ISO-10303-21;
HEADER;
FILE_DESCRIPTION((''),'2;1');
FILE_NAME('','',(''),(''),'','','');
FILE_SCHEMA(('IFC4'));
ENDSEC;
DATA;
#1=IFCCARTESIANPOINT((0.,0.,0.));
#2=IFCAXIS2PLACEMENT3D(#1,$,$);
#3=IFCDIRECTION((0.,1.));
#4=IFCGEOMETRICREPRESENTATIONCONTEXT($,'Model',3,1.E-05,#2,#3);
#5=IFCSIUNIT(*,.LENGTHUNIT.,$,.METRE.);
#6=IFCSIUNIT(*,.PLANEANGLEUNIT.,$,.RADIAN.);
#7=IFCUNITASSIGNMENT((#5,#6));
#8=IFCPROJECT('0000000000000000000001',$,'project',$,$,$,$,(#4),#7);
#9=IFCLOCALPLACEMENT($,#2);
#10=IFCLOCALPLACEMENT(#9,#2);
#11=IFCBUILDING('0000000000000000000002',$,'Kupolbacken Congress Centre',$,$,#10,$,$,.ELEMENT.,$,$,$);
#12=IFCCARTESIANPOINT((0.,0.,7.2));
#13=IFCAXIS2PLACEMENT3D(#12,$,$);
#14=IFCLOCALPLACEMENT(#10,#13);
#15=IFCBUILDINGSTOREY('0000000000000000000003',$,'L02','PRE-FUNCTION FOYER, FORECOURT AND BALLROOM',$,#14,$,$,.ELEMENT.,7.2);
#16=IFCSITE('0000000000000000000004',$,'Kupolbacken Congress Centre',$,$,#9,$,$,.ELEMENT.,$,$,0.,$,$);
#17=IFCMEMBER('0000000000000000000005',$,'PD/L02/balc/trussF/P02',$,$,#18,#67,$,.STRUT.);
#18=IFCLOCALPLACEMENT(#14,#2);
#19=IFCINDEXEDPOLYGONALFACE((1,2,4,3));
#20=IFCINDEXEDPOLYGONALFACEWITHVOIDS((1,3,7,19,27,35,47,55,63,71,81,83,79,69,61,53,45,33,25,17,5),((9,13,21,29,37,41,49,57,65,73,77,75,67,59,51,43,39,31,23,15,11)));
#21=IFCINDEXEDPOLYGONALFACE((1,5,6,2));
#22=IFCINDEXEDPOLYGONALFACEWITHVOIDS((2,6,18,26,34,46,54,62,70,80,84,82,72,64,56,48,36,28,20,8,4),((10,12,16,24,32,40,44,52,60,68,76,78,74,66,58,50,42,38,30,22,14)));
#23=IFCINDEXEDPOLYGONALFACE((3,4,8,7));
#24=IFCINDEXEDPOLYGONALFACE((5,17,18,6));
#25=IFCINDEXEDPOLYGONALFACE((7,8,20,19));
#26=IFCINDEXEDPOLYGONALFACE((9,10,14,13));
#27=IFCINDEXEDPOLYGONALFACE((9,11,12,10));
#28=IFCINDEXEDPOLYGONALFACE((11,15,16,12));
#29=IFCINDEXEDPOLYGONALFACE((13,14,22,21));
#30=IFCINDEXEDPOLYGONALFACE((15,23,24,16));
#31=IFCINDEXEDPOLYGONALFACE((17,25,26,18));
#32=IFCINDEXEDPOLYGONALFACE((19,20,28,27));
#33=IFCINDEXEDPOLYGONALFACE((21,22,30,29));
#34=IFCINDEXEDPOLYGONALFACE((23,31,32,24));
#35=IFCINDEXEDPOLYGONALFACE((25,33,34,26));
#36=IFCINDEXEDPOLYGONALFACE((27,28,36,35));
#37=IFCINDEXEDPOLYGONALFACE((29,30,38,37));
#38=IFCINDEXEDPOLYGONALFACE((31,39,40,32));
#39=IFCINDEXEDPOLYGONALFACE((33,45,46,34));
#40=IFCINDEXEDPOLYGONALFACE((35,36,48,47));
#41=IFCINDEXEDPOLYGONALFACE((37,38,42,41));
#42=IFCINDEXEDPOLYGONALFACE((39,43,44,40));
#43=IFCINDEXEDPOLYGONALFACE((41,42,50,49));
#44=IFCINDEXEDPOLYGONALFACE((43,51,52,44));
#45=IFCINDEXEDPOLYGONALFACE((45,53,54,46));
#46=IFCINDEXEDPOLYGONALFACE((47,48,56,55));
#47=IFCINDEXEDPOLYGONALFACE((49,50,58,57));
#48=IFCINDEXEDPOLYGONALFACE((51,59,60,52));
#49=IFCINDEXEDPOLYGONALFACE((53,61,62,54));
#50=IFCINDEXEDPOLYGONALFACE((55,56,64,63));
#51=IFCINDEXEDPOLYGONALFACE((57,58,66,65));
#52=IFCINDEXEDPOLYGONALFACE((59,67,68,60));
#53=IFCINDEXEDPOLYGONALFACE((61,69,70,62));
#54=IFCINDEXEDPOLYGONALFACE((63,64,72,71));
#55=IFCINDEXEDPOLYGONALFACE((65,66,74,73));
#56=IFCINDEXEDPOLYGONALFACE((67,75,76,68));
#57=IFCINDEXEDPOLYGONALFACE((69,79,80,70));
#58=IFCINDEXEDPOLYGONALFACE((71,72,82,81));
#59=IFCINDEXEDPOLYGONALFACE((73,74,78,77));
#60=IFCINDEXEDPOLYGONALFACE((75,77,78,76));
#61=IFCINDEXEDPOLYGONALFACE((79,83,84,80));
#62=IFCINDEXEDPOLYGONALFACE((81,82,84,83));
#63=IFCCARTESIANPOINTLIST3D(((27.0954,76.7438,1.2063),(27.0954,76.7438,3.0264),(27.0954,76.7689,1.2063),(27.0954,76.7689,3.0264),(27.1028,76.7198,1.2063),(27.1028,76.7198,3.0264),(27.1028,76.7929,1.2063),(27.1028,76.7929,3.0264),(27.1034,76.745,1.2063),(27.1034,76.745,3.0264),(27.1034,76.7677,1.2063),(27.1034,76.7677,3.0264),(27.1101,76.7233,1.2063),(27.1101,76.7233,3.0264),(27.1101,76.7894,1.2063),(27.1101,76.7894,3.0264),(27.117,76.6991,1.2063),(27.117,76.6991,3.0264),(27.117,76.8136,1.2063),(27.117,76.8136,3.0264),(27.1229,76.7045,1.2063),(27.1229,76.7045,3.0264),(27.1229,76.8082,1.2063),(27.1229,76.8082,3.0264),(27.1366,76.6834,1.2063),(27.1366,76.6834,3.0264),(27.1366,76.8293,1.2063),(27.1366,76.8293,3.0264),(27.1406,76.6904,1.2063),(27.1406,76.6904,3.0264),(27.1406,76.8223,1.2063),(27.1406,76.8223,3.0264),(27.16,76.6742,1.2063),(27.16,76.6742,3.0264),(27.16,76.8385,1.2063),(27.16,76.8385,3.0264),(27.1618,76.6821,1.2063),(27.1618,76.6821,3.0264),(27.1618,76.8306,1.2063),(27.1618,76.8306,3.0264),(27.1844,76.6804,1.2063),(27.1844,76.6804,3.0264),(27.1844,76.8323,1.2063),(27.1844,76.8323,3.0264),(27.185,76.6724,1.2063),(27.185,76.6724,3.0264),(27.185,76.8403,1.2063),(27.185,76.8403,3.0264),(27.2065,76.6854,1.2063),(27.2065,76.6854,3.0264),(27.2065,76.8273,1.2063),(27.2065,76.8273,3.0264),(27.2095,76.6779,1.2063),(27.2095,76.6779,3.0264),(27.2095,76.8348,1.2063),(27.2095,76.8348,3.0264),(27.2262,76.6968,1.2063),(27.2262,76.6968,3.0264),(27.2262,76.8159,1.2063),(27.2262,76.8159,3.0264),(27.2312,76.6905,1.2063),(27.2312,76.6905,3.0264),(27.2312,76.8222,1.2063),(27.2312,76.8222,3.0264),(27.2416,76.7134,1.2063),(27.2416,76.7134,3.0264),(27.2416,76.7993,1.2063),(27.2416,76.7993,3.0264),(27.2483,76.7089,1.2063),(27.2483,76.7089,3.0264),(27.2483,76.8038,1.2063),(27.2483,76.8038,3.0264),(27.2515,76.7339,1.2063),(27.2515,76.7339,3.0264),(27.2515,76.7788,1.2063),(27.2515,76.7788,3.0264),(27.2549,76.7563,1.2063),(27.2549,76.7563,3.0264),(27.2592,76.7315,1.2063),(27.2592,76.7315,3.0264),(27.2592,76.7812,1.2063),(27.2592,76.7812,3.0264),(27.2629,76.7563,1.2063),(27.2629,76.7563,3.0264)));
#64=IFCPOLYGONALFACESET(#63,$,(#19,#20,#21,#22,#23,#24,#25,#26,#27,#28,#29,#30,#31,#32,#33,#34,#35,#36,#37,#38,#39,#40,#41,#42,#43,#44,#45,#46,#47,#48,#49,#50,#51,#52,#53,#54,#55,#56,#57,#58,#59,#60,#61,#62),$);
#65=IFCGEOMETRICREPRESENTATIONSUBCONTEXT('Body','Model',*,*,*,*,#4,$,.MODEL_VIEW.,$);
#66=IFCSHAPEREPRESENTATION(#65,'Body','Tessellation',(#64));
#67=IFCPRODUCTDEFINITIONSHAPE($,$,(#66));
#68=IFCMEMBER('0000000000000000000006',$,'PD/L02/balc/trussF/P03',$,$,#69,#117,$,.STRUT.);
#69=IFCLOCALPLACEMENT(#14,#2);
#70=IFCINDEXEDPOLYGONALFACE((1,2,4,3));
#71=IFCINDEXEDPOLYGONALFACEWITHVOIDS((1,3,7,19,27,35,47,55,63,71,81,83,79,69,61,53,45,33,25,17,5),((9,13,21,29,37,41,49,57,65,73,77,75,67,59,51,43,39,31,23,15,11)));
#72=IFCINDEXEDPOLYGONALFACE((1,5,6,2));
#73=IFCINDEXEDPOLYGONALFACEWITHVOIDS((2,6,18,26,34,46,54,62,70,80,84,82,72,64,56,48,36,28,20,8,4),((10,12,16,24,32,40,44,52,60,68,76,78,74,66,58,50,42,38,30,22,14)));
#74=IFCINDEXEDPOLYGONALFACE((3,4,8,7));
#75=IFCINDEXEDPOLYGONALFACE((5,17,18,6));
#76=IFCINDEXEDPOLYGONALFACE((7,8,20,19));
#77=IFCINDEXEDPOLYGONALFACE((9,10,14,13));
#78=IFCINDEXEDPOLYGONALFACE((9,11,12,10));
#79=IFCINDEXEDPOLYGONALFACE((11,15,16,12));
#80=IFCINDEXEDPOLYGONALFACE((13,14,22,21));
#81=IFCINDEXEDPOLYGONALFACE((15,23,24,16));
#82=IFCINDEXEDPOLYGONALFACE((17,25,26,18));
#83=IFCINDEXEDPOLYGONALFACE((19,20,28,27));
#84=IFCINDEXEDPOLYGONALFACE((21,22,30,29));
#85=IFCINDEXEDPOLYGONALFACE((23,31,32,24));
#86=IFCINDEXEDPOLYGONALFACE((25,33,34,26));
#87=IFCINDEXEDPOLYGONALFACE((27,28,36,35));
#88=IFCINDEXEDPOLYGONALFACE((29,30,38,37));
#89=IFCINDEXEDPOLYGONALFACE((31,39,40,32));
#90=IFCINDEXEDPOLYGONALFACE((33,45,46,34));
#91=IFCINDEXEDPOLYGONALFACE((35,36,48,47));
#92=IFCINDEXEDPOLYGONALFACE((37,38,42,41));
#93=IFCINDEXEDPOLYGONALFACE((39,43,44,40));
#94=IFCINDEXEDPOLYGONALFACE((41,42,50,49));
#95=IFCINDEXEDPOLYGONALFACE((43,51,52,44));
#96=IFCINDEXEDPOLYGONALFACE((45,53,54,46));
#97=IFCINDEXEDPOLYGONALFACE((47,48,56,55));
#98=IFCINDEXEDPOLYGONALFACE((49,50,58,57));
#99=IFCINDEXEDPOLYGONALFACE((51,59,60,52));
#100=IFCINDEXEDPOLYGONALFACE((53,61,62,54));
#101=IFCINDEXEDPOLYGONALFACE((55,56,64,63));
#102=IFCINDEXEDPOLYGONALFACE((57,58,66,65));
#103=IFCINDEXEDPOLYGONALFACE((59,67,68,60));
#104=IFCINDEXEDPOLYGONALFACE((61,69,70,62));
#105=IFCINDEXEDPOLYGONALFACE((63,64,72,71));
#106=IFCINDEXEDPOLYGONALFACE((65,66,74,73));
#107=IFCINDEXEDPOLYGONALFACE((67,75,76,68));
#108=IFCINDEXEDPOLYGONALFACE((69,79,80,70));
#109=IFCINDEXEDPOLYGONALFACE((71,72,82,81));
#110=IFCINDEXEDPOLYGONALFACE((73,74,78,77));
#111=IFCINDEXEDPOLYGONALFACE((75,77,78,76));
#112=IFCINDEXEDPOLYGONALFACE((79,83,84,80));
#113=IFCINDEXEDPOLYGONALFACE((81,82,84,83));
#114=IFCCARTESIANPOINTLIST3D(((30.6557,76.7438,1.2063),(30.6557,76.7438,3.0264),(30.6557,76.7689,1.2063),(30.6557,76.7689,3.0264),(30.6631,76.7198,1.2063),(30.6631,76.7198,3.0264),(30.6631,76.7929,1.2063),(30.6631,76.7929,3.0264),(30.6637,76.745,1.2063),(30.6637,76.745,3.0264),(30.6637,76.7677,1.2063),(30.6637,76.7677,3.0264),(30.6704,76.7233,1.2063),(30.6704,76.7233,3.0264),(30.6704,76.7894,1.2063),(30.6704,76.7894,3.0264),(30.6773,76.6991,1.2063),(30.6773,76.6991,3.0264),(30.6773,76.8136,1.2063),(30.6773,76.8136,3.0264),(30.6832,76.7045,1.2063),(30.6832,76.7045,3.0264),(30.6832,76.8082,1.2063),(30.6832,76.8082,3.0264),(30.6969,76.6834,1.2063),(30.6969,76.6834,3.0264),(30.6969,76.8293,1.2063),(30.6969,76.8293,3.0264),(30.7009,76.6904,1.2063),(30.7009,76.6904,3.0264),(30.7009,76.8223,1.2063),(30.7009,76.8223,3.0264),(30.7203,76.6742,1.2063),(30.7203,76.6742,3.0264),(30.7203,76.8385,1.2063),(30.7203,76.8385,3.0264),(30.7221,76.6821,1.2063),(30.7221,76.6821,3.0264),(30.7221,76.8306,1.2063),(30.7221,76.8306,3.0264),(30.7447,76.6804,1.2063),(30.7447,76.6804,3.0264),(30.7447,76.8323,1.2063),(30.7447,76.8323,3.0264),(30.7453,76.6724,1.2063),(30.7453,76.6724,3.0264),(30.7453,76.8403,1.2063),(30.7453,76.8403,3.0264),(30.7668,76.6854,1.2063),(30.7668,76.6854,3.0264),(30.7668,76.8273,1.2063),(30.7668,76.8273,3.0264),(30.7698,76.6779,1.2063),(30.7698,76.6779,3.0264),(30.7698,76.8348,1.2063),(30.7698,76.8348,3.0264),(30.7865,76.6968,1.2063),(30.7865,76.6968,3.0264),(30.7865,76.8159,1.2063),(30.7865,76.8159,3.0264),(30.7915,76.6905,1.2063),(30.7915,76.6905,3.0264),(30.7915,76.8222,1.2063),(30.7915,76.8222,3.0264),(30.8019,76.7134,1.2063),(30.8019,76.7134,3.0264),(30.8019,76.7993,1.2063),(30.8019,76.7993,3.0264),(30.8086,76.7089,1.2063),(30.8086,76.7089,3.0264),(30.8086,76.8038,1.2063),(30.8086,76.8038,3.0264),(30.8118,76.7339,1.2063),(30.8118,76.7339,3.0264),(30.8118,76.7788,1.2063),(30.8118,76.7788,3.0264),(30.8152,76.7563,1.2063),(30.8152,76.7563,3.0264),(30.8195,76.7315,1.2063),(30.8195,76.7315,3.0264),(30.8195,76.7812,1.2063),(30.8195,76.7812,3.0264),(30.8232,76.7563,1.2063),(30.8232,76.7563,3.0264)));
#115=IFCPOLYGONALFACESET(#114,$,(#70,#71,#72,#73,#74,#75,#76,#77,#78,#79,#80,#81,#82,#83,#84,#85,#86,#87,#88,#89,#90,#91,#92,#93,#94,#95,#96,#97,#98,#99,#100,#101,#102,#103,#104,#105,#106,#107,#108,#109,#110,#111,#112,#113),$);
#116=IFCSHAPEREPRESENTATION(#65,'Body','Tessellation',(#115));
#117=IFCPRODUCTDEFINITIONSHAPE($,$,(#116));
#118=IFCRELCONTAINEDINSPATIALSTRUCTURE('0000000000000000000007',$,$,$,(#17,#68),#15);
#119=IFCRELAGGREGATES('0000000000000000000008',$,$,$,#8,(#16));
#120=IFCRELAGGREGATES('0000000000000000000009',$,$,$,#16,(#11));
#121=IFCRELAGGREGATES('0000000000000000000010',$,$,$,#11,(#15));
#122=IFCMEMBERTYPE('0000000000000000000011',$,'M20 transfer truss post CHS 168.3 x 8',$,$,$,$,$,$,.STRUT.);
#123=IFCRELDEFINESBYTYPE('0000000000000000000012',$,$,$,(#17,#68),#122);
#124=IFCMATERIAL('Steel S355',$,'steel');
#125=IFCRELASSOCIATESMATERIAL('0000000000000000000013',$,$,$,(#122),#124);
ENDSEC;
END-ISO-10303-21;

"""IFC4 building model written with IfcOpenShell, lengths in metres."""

from ifc_helpers import new_model, si_unit, direction, frame, origin, origin_2d, place, context, subcontext, project, spatial, hollow_circle, extrude, material, material_profile, profile_set, type_object, element, save


model = new_model("IFC4")

# Units and contexts
model_context = context("Model", 3, precision=1e-05, world=origin(), true_north=direction((0.0, 1.0)))
body_context = subcontext(model_context, "Body", "Model", "MODEL_VIEW")
ifc_project = project(units=[si_unit("LENGTHUNIT", "METRE"), si_unit("PLANEANGLEUNIT", "RADIAN")], contexts=[model_context])

# Site, building, storey
site_placement = place(None, origin())
site = spatial("IfcSite", under=ifc_project, at=site_placement, Name="Kupolbacken Congress Centre", CompositionType="ELEMENT", RefElevation=0.0)
building_placement = place(site_placement, origin())
building = spatial("IfcBuilding", under=site, at=building_placement, Name="Kupolbacken Congress Centre", CompositionType="ELEMENT")
storey_placement = place(building_placement, frame((0.0, 0.0, 7.2)))
storey = spatial("IfcBuildingStorey", under=building, at=storey_placement, Name="L02", Description="PRE-FUNCTION FOYER, FORECOURT AND BALLROOM", CompositionType="ELEMENT", Elevation=7.2)

# Members
ifc_material_1 = material(Name="Steel S355", Category="steel")
ifc_material_profile_1 = material_profile(ifc_material_1, hollow_circle(Radius=0.0842, WallThickness=0.0081, at=origin_2d()), Name="CHS 168.3 x 8")
ifc_profile_set_1 = profile_set([ifc_material_profile_1], Name="Steel S355")
member_type_1 = type_object("IfcMemberType", Name="M20 transfer truss post CHS 168.3 x 8", PredefinedType="STRUT", material=ifc_profile_set_1)
for number, where, z_axis, x_axis, name in (
    (1, (27.1787, 76.7563, 1.2063), (0.0, 0.0, 1.0), (1.0, 0.0, 0.0), "PD/L02/balc/trussF/P02"),
    (2, (30.739, 76.7563, 1.2063), (0.0, 0.0, 1.0), (1.0, 0.0, 0.0), "PD/L02/balc/trussF/P03"),
):
    element("IfcMember", number, at=place(storey_placement, frame(where, z_axis=z_axis, x_axis=x_axis)), inside=storey, type_object=member_type_1, Name=name, PredefinedType="STRUT", context=body_context, shape_type="SweptSolid", body=[
        extrude(hollow_circle(Radius=0.0842, WallThickness=0.0081, at=origin_2d()), origin(), (0.0, 0.0, 1.0), 1.8201),
    ])

save(model, "model.ifc")
